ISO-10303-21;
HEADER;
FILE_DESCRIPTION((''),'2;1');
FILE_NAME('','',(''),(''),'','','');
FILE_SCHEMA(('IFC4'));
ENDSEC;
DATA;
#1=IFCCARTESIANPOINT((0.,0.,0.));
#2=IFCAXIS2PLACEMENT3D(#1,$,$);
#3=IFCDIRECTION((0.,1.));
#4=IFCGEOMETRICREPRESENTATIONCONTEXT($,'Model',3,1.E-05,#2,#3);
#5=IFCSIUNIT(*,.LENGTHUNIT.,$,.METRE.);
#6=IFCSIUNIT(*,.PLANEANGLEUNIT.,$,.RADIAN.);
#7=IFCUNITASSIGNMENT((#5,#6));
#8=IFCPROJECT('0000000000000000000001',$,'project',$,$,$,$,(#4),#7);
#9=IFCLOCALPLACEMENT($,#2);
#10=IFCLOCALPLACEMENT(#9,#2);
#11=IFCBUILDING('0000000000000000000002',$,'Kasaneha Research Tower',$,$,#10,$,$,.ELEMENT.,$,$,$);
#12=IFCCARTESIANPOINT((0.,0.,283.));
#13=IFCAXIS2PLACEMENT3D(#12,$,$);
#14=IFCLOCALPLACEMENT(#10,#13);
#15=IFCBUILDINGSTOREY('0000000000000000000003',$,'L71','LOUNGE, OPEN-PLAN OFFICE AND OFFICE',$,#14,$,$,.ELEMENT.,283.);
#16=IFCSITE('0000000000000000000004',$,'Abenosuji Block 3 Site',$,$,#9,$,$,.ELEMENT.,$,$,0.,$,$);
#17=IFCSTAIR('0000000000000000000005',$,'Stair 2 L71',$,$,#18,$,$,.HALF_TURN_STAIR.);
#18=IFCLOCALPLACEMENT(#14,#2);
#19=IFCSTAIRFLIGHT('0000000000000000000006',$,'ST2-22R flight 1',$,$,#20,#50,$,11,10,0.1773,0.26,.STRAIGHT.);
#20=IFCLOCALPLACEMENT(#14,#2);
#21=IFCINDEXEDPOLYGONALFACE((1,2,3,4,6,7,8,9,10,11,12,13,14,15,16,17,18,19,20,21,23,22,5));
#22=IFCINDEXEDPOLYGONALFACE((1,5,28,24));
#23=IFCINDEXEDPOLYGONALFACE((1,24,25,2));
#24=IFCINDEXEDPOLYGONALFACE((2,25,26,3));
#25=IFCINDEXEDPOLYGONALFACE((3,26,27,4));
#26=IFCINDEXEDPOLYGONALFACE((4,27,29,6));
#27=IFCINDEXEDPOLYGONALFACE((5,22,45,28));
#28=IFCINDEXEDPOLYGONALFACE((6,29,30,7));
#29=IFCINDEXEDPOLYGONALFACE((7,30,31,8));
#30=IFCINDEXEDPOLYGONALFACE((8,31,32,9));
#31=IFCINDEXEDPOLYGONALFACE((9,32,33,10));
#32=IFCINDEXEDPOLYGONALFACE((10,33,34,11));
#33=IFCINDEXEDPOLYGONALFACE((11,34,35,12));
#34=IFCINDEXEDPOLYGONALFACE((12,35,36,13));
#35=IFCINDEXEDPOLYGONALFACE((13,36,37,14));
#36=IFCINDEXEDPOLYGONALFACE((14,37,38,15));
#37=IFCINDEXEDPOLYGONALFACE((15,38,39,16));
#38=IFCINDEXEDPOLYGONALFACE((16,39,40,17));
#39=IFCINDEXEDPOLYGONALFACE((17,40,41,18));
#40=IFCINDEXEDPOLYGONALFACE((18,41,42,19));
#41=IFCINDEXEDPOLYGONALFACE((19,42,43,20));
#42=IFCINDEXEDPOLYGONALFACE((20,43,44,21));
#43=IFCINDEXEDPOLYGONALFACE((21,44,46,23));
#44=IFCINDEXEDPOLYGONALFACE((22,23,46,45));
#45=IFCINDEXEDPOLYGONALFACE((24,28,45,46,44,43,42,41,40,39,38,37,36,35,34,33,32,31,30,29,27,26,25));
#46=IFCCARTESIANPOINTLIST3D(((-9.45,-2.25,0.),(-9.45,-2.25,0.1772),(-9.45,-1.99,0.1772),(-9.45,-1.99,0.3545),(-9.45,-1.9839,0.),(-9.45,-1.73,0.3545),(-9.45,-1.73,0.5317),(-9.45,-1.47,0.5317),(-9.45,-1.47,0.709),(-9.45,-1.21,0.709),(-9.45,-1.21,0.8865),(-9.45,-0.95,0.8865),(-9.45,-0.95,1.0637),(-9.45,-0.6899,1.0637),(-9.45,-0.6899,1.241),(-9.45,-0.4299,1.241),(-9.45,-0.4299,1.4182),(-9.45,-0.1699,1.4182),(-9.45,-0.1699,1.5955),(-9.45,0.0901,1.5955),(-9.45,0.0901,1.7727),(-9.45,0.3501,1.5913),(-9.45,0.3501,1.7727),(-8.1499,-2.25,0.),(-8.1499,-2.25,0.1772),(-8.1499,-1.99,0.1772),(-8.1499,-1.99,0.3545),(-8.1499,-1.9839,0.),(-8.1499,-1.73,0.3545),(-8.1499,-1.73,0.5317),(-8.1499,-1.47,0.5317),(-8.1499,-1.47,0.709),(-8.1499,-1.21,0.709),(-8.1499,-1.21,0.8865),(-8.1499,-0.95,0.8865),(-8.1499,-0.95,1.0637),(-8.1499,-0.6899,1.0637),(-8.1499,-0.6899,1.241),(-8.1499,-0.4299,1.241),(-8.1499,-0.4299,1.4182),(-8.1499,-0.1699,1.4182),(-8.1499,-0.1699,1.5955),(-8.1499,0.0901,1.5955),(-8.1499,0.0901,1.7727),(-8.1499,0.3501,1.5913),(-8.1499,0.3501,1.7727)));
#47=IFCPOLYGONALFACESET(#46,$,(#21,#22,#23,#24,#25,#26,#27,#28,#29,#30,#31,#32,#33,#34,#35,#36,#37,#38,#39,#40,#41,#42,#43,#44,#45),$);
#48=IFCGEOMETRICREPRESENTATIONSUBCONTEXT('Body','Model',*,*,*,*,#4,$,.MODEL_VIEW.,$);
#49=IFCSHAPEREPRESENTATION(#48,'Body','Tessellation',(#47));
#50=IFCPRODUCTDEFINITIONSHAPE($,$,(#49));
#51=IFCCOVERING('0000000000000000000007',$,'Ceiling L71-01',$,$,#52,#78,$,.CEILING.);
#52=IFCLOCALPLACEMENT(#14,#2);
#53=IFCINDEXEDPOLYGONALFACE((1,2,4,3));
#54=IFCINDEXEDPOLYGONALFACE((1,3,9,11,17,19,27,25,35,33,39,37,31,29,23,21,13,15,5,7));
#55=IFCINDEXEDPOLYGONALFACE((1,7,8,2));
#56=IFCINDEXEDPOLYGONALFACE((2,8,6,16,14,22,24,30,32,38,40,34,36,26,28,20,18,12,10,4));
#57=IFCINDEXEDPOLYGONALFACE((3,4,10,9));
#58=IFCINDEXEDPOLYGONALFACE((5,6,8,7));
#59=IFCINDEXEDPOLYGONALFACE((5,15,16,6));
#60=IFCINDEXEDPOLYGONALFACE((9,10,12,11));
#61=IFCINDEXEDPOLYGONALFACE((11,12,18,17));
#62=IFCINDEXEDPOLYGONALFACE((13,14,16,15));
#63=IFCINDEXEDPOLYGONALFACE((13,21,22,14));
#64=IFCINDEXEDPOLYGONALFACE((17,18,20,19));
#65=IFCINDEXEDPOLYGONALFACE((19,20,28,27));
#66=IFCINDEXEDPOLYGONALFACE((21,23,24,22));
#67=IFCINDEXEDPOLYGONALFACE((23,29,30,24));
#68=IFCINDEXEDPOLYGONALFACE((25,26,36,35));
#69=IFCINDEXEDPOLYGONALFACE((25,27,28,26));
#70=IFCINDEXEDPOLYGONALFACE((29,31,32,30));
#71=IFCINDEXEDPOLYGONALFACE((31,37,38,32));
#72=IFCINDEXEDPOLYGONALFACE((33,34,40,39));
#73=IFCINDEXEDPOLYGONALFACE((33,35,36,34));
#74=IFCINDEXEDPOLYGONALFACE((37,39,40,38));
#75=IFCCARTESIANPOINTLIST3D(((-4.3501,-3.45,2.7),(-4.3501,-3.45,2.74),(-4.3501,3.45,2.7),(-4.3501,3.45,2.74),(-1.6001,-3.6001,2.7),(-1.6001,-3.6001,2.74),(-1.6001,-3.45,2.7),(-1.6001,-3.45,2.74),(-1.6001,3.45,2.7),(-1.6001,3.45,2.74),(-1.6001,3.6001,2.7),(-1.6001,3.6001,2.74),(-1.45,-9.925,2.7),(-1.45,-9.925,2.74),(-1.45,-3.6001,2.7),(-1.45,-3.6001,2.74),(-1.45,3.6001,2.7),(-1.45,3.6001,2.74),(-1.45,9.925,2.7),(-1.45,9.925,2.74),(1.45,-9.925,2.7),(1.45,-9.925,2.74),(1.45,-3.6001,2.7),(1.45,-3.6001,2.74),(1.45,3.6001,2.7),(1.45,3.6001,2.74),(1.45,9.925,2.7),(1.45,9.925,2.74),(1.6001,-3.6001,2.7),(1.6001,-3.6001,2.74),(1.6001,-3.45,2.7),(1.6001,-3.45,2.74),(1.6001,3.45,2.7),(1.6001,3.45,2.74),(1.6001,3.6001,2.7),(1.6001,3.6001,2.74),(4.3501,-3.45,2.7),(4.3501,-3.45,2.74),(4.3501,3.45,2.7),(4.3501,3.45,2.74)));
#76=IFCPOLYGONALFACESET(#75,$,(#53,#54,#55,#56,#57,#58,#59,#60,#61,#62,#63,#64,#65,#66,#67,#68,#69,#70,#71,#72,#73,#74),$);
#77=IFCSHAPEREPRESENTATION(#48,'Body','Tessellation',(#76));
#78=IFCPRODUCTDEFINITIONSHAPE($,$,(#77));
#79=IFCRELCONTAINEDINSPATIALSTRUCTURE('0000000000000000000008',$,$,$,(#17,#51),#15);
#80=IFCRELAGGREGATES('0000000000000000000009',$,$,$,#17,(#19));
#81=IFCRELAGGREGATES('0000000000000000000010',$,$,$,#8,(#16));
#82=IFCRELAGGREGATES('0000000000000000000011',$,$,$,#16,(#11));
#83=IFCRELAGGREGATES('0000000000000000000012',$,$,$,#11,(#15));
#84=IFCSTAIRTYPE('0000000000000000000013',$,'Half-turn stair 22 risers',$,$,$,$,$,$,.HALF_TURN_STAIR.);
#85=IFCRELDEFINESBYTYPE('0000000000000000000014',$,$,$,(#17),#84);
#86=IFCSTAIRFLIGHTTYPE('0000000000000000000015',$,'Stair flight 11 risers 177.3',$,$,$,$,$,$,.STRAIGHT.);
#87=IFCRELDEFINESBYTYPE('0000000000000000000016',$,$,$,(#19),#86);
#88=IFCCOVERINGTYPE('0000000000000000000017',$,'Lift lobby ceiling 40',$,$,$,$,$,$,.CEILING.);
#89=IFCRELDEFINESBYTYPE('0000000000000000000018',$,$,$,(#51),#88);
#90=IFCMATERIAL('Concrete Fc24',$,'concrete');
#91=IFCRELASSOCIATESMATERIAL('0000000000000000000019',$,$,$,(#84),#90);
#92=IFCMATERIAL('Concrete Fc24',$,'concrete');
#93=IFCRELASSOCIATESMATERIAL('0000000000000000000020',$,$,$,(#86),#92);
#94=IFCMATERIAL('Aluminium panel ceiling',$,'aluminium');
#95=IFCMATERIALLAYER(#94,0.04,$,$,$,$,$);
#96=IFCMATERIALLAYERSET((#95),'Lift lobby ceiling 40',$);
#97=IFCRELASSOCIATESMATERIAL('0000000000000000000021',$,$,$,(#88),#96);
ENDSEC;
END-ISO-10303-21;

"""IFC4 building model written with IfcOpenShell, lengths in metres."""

from ifc_helpers import new_model, si_unit, direction, frame, origin, place, context, subcontext, project, spatial, polyline, outline, extrude, material, layer, layer_set, type_object, element, aggregate, save


model = new_model("IFC4")

# Units and contexts
model_context = context("Model", 3, precision=1e-05, world=origin(), true_north=direction((0.0, 1.0)))
body_context = subcontext(model_context, "Body", "Model", "MODEL_VIEW")
ifc_project = project(units=[si_unit("LENGTHUNIT", "METRE"), si_unit("PLANEANGLEUNIT", "RADIAN")], contexts=[model_context])

# Site, building, storey
site_placement = place(None, origin())
site = spatial("IfcSite", under=ifc_project, at=site_placement, Name="Abenosuji Block 3 Site", CompositionType="ELEMENT", RefElevation=0.0)
building_placement = place(site_placement, origin())
building = spatial("IfcBuilding", under=site, at=building_placement, Name="Kasaneha Research Tower", CompositionType="ELEMENT")
storey_placement = place(building_placement, frame((0.0, 0.0, 283.0)))
storey = spatial("IfcBuildingStorey", under=building, at=storey_placement, Name="L71", Description="LOUNGE, OPEN-PLAN OFFICE AND OFFICE", CompositionType="ELEMENT", Elevation=283.0)

# Stair, stair flight
ifc_material_1 = material(Name="Concrete Fc24", Category="concrete")
stair_type = type_object("IfcStairType", Name="Half-turn stair 22 risers", PredefinedType="HALF_TURN_STAIR", material=ifc_material_1)
stair_placement = place(storey_placement, origin())
stair = element("IfcStair", 1, at=stair_placement, inside=storey, type_object=stair_type, Name="Stair 2 L71", PredefinedType="HALF_TURN_STAIR")
ifc_material_2 = material(Name="Concrete Fc24", Category="concrete")
stair_flight_type = type_object("IfcStairFlightType", Name="Stair flight 11 risers 177.3", PredefinedType="STRAIGHT", material=ifc_material_2)
stair_flight_placement = place(storey_placement, frame((-8.8, -2.25, 0.0), z_axis=(0.0, 0.0, 1.0), x_axis=(0.0, 1.0, 0.0)))
stair_flight = element("IfcStairFlight", 2, at=stair_flight_placement, type_object=stair_flight_type, Name="ST2-22R flight 1", NumberOfRisers=11, NumberOfTreads=10, PredefinedType="STRAIGHT", RiserHeight=0.1773, TreadLength=0.26, context=body_context, shape_type="SweptSolid", body=[
    extrude(outline(polyline([(0.0, 0.0), (0.0, 0.1772), (0.26, 0.1772), (0.26, 0.3545), (0.52, 0.3545), (0.52, 0.5317), (0.78, 0.5317), (0.78, 0.709), (1.04, 0.709), (1.04, 0.8865), (1.3, 0.8865), (1.3, 1.0637), (1.5601, 1.0637), (1.5601, 1.241), (1.8201, 1.241), (1.8201, 1.4182), (2.0801, 1.4182), (2.0801, 1.5955), (2.3401, 1.5955), (2.3401, 1.7727), (2.6001, 1.7727), (2.6001, 1.95), (2.6001, 1.5913), (0.2661, 0.0), (0.0, 0.0)])), frame((0.0, 0.6499, 0.0), z_axis=(0.0, -1.0, 0.0), x_axis=(1.0, 0.0, 0.0)), (0.0, 0.0, 1.0), 1.3),
])
aggregate(stair, [stair_flight])

# Covering
ifc_material_3 = material(Name="Aluminium panel ceiling", Category="aluminium")
ifc_layer_1 = layer(ifc_material_3, 0.04)
ifc_layer_set_1 = layer_set([ifc_layer_1], Name="Lift lobby ceiling 40")
covering_type_1 = type_object("IfcCoveringType", Name="Lift lobby ceiling 40", PredefinedType="CEILING", material=ifc_layer_set_1)
covering_1_placement = place(storey_placement, frame((0.0, 0.0, 2.7)))
element("IfcCovering", 3, at=covering_1_placement, inside=storey, type_object=covering_type_1, Name="Ceiling L71-01", PredefinedType="CEILING", context=body_context, shape_type="SweptSolid", body=[
    extrude(outline(polyline([(1.45, 9.925), (1.45, 3.6001), (1.6001, 3.6001), (1.6001, 3.45), (4.3501, 3.45), (4.3501, -3.45), (1.6001, -3.45), (1.6001, -3.6001), (1.45, -3.6001), (1.45, -9.925), (-1.45, -9.925), (-1.45, -3.6001), (-1.6001, -3.6001), (-1.6001, -3.45), (-4.3501, -3.45), (-4.3501, 3.45), (-1.6001, 3.45), (-1.6001, 3.6001), (-1.45, 3.6001), (-1.45, 9.925), (1.45, 9.925)])), origin(), (0.0, 0.0, 1.0), 0.04),
])

save(model, "model.ifc")
